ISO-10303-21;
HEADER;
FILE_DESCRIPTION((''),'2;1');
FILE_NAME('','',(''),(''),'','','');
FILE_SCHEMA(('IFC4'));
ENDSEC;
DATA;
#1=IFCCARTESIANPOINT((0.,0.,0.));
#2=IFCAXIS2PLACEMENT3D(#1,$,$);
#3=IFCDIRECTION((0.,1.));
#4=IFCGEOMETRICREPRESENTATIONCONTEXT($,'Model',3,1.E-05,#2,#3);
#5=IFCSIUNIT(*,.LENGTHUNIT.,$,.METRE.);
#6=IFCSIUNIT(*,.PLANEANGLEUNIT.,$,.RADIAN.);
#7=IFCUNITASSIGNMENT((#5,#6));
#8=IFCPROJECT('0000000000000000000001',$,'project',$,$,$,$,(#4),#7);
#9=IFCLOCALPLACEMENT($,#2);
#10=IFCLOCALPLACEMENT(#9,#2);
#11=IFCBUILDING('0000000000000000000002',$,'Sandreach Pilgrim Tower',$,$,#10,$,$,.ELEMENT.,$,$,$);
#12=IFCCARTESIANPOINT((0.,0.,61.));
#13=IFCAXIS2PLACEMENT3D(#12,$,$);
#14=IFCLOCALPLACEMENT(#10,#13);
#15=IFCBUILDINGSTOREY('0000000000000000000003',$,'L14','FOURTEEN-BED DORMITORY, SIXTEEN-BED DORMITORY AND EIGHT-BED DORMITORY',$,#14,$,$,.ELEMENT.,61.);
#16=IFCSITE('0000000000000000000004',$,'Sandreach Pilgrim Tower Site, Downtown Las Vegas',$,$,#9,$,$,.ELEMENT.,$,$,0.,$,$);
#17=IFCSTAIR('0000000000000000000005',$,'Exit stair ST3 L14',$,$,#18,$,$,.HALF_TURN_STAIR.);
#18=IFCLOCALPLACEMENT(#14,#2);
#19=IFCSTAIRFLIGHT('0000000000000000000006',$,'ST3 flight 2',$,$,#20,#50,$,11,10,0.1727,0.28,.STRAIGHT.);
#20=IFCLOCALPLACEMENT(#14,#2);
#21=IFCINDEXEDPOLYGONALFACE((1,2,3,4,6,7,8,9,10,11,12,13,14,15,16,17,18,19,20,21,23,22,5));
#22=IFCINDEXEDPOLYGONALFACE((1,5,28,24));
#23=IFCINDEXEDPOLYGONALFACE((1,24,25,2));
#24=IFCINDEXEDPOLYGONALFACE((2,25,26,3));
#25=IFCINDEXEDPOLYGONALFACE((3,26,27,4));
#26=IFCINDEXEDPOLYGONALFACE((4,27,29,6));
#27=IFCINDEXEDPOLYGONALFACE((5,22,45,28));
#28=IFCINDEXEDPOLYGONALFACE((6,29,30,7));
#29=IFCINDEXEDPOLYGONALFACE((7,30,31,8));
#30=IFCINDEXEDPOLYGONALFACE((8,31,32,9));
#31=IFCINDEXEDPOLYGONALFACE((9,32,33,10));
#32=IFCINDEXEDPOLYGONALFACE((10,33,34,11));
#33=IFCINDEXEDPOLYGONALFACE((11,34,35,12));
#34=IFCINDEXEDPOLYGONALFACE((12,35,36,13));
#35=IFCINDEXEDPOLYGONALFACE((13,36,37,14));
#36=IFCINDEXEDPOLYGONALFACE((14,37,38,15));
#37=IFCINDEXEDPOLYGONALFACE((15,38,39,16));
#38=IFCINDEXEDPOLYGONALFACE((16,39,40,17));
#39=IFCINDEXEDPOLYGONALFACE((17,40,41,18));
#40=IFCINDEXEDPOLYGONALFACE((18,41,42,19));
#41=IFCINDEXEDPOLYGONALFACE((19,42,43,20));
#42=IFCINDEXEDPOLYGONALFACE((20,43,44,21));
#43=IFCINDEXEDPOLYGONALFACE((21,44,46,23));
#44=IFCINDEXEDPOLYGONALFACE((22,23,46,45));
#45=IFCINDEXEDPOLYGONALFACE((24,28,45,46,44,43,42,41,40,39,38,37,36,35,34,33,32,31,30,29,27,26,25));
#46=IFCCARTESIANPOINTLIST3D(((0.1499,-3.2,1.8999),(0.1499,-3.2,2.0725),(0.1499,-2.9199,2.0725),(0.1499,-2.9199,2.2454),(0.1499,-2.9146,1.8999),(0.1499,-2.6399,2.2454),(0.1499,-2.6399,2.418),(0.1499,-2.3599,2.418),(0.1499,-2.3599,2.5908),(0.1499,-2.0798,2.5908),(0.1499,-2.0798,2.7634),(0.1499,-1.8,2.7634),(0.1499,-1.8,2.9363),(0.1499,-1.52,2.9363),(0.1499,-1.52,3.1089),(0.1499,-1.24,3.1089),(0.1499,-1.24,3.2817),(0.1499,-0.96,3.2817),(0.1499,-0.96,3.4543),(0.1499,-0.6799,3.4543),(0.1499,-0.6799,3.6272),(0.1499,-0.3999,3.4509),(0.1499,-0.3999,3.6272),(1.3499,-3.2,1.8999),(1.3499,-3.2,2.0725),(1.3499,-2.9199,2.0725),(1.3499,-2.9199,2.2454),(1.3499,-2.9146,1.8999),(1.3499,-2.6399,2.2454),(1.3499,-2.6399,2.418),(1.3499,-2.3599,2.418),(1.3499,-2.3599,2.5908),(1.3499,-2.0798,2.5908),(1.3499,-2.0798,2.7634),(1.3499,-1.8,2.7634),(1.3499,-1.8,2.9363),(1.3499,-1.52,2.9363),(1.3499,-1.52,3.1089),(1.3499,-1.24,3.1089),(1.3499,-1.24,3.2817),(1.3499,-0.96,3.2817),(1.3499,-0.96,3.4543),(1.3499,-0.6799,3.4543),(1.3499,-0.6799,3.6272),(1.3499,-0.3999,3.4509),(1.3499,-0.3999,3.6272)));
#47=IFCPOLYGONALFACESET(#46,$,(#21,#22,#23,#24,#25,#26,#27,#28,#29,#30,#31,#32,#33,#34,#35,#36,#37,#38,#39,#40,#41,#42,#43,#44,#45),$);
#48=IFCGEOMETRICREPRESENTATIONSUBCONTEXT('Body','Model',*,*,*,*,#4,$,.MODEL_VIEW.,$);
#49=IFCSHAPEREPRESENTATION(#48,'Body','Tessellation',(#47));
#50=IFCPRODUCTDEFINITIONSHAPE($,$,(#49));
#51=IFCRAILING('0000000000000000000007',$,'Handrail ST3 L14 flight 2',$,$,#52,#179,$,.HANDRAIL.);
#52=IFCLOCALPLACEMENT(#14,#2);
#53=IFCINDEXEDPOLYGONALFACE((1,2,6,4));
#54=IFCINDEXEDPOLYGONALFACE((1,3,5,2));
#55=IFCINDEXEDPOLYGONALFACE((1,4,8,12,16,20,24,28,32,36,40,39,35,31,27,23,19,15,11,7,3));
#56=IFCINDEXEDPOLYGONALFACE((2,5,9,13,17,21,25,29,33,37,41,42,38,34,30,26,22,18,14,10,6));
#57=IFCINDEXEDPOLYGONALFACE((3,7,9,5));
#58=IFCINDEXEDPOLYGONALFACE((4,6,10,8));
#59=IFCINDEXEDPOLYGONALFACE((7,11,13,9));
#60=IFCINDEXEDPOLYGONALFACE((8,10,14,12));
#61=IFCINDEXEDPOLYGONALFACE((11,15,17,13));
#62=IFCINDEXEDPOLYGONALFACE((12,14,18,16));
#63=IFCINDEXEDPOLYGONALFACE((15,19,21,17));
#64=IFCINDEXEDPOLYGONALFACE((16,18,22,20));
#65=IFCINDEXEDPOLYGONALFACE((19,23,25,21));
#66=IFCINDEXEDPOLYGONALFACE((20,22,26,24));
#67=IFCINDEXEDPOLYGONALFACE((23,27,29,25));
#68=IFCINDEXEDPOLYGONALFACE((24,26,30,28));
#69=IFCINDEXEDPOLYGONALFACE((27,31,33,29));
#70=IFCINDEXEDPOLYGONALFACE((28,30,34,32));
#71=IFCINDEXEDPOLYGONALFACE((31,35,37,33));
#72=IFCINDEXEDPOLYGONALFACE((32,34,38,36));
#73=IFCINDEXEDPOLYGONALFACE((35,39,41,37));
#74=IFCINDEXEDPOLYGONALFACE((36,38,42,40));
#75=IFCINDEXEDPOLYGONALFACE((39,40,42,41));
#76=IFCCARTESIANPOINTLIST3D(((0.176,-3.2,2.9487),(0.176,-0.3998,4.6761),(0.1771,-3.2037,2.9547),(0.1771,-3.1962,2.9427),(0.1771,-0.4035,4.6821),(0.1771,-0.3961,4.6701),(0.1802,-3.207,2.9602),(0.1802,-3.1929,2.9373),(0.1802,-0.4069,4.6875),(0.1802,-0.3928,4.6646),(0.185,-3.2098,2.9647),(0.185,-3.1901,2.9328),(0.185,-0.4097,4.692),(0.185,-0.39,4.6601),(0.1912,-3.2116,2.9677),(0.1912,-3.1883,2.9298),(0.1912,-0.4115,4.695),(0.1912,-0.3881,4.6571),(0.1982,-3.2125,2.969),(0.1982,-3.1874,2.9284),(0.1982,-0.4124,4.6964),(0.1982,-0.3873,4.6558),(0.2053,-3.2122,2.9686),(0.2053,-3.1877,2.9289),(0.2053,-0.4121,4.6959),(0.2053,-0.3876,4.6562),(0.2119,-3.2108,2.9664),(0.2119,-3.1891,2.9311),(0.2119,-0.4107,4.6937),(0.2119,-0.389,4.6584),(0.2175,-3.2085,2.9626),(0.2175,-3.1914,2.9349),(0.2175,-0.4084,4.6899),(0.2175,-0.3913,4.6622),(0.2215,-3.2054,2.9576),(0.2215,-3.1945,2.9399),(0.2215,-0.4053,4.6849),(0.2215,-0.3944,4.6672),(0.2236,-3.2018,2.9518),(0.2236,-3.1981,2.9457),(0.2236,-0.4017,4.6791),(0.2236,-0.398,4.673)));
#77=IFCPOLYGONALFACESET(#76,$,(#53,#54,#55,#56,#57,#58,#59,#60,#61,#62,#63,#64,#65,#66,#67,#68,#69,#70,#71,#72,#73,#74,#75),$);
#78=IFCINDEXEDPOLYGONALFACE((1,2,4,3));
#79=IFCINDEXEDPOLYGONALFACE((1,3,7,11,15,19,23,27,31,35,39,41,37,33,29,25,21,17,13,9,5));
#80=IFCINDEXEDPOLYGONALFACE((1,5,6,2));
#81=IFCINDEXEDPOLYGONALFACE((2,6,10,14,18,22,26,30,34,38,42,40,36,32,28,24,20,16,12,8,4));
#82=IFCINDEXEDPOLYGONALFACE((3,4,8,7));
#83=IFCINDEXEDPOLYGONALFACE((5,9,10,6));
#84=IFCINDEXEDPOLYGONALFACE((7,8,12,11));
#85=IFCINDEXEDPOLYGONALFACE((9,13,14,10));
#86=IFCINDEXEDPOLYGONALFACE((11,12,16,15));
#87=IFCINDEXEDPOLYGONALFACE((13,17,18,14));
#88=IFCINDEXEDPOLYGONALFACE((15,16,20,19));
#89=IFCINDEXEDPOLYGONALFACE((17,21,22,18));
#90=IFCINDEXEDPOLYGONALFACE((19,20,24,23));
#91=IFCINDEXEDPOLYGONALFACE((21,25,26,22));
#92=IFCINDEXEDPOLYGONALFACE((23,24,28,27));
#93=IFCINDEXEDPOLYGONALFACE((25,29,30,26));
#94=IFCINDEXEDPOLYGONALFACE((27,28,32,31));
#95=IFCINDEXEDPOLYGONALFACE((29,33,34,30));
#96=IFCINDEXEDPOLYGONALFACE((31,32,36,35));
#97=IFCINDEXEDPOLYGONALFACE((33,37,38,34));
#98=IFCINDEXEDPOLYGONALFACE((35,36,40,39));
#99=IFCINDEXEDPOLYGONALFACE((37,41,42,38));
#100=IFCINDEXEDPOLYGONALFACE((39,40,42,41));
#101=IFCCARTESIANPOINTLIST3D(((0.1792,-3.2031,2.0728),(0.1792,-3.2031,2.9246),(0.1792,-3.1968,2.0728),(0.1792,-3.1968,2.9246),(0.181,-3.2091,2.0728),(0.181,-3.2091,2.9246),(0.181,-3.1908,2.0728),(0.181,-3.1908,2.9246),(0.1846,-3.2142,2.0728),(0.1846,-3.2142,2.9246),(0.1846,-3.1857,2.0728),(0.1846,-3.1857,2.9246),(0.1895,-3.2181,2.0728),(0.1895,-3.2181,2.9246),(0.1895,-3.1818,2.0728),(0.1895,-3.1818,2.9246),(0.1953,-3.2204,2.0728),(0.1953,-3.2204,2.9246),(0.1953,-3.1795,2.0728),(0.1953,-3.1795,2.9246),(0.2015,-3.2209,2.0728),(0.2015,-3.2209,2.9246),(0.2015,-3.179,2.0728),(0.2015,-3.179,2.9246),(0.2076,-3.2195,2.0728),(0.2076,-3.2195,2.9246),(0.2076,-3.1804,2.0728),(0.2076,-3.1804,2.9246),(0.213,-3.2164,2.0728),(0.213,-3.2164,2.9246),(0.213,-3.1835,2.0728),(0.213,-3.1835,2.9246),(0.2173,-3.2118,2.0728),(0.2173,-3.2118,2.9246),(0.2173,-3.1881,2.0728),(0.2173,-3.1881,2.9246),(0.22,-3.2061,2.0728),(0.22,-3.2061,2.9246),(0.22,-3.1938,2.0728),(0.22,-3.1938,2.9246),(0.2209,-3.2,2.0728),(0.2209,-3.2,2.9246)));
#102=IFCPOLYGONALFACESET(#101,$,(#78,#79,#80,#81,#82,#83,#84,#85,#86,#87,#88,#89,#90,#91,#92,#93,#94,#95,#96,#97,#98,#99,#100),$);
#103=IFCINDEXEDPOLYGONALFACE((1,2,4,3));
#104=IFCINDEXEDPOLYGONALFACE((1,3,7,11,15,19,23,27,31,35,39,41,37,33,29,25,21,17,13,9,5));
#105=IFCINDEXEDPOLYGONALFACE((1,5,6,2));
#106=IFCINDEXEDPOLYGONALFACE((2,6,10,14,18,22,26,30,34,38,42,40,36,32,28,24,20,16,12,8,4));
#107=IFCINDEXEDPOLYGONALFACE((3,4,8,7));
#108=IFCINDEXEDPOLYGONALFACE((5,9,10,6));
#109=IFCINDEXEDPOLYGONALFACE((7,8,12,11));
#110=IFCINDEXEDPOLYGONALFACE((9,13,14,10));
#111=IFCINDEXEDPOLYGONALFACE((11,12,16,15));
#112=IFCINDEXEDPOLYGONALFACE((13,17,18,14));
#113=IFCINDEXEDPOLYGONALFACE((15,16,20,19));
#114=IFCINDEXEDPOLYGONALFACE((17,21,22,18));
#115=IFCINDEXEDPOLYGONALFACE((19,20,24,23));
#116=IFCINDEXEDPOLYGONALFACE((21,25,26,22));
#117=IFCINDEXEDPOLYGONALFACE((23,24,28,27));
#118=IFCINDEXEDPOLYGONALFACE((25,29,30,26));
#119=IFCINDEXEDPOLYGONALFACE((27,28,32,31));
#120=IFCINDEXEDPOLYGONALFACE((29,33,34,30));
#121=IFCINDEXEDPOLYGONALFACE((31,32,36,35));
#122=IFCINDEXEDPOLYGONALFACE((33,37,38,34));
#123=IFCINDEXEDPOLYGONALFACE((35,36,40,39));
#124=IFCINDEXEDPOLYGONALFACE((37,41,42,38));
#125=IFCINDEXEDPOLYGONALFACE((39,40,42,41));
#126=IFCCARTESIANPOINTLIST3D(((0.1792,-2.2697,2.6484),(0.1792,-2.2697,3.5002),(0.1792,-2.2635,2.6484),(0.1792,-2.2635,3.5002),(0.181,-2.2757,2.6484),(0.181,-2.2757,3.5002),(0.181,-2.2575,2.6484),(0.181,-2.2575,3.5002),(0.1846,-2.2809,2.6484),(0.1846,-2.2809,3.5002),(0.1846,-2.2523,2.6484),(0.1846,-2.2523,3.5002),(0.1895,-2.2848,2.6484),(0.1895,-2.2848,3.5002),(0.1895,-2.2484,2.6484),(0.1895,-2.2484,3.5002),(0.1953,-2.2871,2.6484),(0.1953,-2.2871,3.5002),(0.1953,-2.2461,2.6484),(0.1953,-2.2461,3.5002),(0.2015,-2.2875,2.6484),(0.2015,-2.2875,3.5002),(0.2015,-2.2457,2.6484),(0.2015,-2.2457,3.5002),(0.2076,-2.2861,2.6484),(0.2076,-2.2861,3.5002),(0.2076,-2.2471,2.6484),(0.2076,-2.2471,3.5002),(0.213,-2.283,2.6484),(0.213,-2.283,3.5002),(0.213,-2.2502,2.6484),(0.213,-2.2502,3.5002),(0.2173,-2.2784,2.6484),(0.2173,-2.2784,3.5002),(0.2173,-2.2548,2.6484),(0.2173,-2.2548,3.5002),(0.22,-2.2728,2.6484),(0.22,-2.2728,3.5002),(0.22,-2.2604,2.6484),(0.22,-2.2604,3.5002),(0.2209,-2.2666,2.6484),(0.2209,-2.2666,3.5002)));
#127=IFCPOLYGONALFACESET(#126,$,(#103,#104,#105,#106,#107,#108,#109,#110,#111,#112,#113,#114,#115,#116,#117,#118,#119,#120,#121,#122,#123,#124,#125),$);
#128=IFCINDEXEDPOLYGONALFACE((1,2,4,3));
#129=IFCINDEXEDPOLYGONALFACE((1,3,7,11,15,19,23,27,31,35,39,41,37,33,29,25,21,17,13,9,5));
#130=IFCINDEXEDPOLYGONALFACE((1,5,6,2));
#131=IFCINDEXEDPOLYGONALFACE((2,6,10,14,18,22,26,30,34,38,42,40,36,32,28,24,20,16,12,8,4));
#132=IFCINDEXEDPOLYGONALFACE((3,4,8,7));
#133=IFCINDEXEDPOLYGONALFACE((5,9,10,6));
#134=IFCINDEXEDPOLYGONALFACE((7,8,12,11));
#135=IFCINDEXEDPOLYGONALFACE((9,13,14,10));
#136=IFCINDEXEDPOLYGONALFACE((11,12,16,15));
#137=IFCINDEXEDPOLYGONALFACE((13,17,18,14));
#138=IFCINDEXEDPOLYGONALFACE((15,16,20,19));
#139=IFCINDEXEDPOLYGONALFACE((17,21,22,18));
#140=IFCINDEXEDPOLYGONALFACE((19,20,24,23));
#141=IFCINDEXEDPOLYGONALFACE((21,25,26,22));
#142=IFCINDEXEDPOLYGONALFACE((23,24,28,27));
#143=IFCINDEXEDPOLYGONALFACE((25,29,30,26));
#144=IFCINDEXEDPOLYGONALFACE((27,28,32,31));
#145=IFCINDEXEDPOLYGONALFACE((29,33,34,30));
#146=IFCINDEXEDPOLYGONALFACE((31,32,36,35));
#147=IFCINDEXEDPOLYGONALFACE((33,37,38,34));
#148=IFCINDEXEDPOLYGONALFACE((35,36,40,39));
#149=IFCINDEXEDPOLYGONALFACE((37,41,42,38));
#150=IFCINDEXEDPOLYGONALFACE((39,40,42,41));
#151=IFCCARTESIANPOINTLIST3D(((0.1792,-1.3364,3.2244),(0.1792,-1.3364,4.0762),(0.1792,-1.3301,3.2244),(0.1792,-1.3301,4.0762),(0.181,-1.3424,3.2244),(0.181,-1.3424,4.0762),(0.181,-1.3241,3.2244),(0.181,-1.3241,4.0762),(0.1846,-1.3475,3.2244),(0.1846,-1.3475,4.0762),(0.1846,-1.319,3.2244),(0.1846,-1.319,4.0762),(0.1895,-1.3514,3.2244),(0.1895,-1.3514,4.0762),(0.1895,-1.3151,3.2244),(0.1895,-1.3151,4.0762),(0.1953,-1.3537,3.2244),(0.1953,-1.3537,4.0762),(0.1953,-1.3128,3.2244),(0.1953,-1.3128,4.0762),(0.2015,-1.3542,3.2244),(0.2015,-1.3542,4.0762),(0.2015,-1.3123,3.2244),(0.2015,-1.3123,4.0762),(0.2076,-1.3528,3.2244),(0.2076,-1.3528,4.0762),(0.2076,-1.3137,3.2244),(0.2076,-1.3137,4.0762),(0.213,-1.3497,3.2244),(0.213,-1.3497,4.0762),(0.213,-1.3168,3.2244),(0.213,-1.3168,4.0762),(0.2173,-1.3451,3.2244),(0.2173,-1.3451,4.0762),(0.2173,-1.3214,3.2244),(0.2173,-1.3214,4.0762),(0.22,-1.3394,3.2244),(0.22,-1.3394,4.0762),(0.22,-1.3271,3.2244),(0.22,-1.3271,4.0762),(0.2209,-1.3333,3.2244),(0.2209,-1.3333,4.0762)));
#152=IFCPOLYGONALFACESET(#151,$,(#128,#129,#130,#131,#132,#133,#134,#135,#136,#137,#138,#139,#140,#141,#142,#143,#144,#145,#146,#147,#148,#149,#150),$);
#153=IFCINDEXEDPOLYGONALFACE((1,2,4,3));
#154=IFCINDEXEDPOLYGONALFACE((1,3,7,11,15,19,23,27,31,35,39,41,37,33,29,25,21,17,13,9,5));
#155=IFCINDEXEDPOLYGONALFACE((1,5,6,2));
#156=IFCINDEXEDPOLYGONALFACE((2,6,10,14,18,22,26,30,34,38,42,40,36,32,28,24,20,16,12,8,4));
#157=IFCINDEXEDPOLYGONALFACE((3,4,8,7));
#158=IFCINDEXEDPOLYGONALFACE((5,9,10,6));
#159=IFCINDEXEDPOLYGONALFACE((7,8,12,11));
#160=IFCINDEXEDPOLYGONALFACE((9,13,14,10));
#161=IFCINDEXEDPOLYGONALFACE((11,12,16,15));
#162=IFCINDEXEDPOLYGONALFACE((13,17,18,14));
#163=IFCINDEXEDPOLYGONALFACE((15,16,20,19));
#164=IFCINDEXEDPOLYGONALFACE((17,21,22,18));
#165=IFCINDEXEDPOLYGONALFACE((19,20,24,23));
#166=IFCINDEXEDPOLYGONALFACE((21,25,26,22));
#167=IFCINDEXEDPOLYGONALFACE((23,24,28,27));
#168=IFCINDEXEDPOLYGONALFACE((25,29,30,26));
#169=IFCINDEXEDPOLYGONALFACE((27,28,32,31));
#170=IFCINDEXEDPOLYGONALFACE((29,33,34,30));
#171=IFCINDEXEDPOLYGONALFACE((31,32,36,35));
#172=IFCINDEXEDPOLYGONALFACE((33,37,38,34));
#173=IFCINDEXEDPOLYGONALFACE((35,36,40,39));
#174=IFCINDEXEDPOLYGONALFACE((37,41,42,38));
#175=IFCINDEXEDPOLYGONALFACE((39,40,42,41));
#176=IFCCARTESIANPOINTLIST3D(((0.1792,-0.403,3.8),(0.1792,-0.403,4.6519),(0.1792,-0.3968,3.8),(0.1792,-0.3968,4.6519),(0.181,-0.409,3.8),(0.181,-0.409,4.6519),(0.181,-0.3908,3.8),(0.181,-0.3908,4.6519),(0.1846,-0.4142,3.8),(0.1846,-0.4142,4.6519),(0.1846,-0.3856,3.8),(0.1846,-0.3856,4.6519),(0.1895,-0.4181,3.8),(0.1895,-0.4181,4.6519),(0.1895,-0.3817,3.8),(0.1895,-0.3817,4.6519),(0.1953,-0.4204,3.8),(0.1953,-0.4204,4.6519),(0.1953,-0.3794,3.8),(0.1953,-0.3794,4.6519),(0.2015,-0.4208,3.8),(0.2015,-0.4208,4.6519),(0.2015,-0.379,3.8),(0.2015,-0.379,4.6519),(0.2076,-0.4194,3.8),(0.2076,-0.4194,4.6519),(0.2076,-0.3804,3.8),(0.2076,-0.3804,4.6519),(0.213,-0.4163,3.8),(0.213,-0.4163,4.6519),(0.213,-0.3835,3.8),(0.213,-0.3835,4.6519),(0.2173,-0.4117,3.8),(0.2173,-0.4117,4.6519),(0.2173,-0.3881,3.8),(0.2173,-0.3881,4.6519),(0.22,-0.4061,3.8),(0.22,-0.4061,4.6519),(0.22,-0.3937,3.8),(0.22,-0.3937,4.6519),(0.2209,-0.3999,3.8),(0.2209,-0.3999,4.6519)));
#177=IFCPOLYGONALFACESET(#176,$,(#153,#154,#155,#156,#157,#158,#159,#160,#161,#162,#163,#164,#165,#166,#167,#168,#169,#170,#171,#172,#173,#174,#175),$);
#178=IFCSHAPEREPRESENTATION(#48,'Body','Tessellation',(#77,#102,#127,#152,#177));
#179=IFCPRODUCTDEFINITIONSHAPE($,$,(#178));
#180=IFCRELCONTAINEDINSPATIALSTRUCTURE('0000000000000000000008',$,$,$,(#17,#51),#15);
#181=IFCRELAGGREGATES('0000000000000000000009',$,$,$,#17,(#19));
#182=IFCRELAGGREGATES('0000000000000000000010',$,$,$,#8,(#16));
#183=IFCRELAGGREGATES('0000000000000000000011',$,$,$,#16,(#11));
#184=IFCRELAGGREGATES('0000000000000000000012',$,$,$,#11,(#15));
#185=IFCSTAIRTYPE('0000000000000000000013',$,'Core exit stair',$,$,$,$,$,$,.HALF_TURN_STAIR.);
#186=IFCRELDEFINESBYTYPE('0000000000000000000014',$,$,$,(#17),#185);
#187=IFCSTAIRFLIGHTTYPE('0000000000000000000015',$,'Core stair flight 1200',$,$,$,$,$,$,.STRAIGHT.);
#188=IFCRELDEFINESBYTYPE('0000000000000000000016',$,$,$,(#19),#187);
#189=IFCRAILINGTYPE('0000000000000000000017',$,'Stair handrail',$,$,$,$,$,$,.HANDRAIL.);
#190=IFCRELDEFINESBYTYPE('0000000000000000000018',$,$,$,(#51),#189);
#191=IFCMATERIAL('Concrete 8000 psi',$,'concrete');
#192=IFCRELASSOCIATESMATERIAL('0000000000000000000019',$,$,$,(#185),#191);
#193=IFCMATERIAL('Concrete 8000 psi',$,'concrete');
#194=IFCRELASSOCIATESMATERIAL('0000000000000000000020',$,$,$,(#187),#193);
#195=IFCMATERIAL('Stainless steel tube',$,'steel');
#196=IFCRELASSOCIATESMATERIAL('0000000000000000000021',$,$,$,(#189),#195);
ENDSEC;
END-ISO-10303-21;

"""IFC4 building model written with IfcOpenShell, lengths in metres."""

from ifc_helpers import new_model, si_unit, direction, frame, origin, origin_2d, place, context, subcontext, project, spatial, polyline, circle, outline, extrude, material, type_object, element, aggregate, save


model = new_model("IFC4")

# Units and contexts
model_context = context("Model", 3, precision=1e-05, world=origin(), true_north=direction((0.0, 1.0)))
body_context = subcontext(model_context, "Body", "Model", "MODEL_VIEW")
ifc_project = project(units=[si_unit("LENGTHUNIT", "METRE"), si_unit("PLANEANGLEUNIT", "RADIAN")], contexts=[model_context])

# Site, building, storey
site_placement = place(None, origin())
site = spatial("IfcSite", under=ifc_project, at=site_placement, Name="Sandreach Pilgrim Tower Site, Downtown Las Vegas", CompositionType="ELEMENT", RefElevation=0.0)
building_placement = place(site_placement, origin())
building = spatial("IfcBuilding", under=site, at=building_placement, Name="Sandreach Pilgrim Tower", CompositionType="ELEMENT")
storey_placement = place(building_placement, frame((0.0, 0.0, 61.0)))
storey = spatial("IfcBuildingStorey", under=building, at=storey_placement, Name="L14", Description="FOURTEEN-BED DORMITORY, SIXTEEN-BED DORMITORY AND EIGHT-BED DORMITORY", CompositionType="ELEMENT", Elevation=61.0)

# Stair, stair flight
ifc_material_1 = material(Name="Concrete 8000 psi", Category="concrete")
stair_type = type_object("IfcStairType", Name="Core exit stair", PredefinedType="HALF_TURN_STAIR", material=ifc_material_1)
stair_placement = place(storey_placement, origin())
stair = element("IfcStair", 1, at=stair_placement, inside=storey, type_object=stair_type, Name="Exit stair ST3 L14", PredefinedType="HALF_TURN_STAIR")
ifc_material_2 = material(Name="Concrete 8000 psi", Category="concrete")
stair_flight_type = type_object("IfcStairFlightType", Name="Core stair flight 1200", PredefinedType="STRAIGHT", material=ifc_material_2)
stair_flight_placement = place(storey_placement, frame((0.75, -3.2, 1.8999), z_axis=(0.0, 0.0, 1.0), x_axis=(0.0, 1.0, 0.0)))
stair_flight = element("IfcStairFlight", 2, at=stair_flight_placement, type_object=stair_flight_type, Name="ST3 flight 2", NumberOfRisers=11, NumberOfTreads=10, PredefinedType="STRAIGHT", RiserHeight=0.1727, TreadLength=0.28, context=body_context, shape_type="SweptSolid", body=[
    extrude(outline(polyline([(0.0, 0.0), (0.0, 0.1726), (0.28, 0.1726), (0.28, 0.3455), (0.5601, 0.3455), (0.5601, 0.5181), (0.8401, 0.5181), (0.8401, 0.6909), (1.1201, 0.6909), (1.1201, 0.8635), (1.3999, 0.8635), (1.3999, 1.0364), (1.6799, 1.0364), (1.6799, 1.209), (1.96, 1.209), (1.96, 1.3818), (2.24, 1.3818), (2.24, 1.5544), (2.52, 1.5544), (2.52, 1.7273), (2.8, 1.7273), (2.8, 1.8999), (2.8, 1.551), (0.2854, 0.0), (0.0, 0.0)])), frame((0.0, 0.6001, 0.0), z_axis=(0.0, -1.0, 0.0), x_axis=(1.0, 0.0, 0.0)), (0.0, 0.0, 1.0), 1.2),
])
aggregate(stair, [stair_flight])

# Railing
ifc_material_3 = material(Name="Stainless steel tube", Category="steel")
railing_type = type_object("IfcRailingType", Name="Stair handrail", PredefinedType="HANDRAIL", material=ifc_material_3)
for number, where, name in (
    (3, (0.2, -3.2, 2.0728), "Handrail ST3 L14 flight 2"),
):
    element("IfcRailing", number, at=place(storey_placement, frame(where)), inside=storey, type_object=railing_type, Name=name, PredefinedType="HANDRAIL", context=body_context, shape_type="SweptSolid", body=[
        extrude(circle(Radius=0.0239, at=origin_2d()), frame((0.0, 0.0, 0.876), z_axis=(0.0, 0.85109, 0.52502), x_axis=(-1.0, 0.0, 0.0)), (0.0, 0.0, 1.0), 3.29),
        extrude(circle(Radius=0.021, at=origin_2d()), origin(), (0.0, 0.0, 1.0), 0.8518),
        extrude(circle(Radius=0.021, at=origin_2d()), frame((0.0, 0.9333, 0.5757)), (0.0, 0.0, 1.0), 0.8518),
        extrude(circle(Radius=0.021, at=origin_2d()), frame((0.0, 1.8667, 1.1516)), (0.0, 0.0, 1.0), 0.8518),
        extrude(circle(Radius=0.021, at=origin_2d()), frame((0.0, 2.8, 1.7273)), (0.0, 0.0, 1.0), 0.8518),
    ])

save(model, "model.ifc")
